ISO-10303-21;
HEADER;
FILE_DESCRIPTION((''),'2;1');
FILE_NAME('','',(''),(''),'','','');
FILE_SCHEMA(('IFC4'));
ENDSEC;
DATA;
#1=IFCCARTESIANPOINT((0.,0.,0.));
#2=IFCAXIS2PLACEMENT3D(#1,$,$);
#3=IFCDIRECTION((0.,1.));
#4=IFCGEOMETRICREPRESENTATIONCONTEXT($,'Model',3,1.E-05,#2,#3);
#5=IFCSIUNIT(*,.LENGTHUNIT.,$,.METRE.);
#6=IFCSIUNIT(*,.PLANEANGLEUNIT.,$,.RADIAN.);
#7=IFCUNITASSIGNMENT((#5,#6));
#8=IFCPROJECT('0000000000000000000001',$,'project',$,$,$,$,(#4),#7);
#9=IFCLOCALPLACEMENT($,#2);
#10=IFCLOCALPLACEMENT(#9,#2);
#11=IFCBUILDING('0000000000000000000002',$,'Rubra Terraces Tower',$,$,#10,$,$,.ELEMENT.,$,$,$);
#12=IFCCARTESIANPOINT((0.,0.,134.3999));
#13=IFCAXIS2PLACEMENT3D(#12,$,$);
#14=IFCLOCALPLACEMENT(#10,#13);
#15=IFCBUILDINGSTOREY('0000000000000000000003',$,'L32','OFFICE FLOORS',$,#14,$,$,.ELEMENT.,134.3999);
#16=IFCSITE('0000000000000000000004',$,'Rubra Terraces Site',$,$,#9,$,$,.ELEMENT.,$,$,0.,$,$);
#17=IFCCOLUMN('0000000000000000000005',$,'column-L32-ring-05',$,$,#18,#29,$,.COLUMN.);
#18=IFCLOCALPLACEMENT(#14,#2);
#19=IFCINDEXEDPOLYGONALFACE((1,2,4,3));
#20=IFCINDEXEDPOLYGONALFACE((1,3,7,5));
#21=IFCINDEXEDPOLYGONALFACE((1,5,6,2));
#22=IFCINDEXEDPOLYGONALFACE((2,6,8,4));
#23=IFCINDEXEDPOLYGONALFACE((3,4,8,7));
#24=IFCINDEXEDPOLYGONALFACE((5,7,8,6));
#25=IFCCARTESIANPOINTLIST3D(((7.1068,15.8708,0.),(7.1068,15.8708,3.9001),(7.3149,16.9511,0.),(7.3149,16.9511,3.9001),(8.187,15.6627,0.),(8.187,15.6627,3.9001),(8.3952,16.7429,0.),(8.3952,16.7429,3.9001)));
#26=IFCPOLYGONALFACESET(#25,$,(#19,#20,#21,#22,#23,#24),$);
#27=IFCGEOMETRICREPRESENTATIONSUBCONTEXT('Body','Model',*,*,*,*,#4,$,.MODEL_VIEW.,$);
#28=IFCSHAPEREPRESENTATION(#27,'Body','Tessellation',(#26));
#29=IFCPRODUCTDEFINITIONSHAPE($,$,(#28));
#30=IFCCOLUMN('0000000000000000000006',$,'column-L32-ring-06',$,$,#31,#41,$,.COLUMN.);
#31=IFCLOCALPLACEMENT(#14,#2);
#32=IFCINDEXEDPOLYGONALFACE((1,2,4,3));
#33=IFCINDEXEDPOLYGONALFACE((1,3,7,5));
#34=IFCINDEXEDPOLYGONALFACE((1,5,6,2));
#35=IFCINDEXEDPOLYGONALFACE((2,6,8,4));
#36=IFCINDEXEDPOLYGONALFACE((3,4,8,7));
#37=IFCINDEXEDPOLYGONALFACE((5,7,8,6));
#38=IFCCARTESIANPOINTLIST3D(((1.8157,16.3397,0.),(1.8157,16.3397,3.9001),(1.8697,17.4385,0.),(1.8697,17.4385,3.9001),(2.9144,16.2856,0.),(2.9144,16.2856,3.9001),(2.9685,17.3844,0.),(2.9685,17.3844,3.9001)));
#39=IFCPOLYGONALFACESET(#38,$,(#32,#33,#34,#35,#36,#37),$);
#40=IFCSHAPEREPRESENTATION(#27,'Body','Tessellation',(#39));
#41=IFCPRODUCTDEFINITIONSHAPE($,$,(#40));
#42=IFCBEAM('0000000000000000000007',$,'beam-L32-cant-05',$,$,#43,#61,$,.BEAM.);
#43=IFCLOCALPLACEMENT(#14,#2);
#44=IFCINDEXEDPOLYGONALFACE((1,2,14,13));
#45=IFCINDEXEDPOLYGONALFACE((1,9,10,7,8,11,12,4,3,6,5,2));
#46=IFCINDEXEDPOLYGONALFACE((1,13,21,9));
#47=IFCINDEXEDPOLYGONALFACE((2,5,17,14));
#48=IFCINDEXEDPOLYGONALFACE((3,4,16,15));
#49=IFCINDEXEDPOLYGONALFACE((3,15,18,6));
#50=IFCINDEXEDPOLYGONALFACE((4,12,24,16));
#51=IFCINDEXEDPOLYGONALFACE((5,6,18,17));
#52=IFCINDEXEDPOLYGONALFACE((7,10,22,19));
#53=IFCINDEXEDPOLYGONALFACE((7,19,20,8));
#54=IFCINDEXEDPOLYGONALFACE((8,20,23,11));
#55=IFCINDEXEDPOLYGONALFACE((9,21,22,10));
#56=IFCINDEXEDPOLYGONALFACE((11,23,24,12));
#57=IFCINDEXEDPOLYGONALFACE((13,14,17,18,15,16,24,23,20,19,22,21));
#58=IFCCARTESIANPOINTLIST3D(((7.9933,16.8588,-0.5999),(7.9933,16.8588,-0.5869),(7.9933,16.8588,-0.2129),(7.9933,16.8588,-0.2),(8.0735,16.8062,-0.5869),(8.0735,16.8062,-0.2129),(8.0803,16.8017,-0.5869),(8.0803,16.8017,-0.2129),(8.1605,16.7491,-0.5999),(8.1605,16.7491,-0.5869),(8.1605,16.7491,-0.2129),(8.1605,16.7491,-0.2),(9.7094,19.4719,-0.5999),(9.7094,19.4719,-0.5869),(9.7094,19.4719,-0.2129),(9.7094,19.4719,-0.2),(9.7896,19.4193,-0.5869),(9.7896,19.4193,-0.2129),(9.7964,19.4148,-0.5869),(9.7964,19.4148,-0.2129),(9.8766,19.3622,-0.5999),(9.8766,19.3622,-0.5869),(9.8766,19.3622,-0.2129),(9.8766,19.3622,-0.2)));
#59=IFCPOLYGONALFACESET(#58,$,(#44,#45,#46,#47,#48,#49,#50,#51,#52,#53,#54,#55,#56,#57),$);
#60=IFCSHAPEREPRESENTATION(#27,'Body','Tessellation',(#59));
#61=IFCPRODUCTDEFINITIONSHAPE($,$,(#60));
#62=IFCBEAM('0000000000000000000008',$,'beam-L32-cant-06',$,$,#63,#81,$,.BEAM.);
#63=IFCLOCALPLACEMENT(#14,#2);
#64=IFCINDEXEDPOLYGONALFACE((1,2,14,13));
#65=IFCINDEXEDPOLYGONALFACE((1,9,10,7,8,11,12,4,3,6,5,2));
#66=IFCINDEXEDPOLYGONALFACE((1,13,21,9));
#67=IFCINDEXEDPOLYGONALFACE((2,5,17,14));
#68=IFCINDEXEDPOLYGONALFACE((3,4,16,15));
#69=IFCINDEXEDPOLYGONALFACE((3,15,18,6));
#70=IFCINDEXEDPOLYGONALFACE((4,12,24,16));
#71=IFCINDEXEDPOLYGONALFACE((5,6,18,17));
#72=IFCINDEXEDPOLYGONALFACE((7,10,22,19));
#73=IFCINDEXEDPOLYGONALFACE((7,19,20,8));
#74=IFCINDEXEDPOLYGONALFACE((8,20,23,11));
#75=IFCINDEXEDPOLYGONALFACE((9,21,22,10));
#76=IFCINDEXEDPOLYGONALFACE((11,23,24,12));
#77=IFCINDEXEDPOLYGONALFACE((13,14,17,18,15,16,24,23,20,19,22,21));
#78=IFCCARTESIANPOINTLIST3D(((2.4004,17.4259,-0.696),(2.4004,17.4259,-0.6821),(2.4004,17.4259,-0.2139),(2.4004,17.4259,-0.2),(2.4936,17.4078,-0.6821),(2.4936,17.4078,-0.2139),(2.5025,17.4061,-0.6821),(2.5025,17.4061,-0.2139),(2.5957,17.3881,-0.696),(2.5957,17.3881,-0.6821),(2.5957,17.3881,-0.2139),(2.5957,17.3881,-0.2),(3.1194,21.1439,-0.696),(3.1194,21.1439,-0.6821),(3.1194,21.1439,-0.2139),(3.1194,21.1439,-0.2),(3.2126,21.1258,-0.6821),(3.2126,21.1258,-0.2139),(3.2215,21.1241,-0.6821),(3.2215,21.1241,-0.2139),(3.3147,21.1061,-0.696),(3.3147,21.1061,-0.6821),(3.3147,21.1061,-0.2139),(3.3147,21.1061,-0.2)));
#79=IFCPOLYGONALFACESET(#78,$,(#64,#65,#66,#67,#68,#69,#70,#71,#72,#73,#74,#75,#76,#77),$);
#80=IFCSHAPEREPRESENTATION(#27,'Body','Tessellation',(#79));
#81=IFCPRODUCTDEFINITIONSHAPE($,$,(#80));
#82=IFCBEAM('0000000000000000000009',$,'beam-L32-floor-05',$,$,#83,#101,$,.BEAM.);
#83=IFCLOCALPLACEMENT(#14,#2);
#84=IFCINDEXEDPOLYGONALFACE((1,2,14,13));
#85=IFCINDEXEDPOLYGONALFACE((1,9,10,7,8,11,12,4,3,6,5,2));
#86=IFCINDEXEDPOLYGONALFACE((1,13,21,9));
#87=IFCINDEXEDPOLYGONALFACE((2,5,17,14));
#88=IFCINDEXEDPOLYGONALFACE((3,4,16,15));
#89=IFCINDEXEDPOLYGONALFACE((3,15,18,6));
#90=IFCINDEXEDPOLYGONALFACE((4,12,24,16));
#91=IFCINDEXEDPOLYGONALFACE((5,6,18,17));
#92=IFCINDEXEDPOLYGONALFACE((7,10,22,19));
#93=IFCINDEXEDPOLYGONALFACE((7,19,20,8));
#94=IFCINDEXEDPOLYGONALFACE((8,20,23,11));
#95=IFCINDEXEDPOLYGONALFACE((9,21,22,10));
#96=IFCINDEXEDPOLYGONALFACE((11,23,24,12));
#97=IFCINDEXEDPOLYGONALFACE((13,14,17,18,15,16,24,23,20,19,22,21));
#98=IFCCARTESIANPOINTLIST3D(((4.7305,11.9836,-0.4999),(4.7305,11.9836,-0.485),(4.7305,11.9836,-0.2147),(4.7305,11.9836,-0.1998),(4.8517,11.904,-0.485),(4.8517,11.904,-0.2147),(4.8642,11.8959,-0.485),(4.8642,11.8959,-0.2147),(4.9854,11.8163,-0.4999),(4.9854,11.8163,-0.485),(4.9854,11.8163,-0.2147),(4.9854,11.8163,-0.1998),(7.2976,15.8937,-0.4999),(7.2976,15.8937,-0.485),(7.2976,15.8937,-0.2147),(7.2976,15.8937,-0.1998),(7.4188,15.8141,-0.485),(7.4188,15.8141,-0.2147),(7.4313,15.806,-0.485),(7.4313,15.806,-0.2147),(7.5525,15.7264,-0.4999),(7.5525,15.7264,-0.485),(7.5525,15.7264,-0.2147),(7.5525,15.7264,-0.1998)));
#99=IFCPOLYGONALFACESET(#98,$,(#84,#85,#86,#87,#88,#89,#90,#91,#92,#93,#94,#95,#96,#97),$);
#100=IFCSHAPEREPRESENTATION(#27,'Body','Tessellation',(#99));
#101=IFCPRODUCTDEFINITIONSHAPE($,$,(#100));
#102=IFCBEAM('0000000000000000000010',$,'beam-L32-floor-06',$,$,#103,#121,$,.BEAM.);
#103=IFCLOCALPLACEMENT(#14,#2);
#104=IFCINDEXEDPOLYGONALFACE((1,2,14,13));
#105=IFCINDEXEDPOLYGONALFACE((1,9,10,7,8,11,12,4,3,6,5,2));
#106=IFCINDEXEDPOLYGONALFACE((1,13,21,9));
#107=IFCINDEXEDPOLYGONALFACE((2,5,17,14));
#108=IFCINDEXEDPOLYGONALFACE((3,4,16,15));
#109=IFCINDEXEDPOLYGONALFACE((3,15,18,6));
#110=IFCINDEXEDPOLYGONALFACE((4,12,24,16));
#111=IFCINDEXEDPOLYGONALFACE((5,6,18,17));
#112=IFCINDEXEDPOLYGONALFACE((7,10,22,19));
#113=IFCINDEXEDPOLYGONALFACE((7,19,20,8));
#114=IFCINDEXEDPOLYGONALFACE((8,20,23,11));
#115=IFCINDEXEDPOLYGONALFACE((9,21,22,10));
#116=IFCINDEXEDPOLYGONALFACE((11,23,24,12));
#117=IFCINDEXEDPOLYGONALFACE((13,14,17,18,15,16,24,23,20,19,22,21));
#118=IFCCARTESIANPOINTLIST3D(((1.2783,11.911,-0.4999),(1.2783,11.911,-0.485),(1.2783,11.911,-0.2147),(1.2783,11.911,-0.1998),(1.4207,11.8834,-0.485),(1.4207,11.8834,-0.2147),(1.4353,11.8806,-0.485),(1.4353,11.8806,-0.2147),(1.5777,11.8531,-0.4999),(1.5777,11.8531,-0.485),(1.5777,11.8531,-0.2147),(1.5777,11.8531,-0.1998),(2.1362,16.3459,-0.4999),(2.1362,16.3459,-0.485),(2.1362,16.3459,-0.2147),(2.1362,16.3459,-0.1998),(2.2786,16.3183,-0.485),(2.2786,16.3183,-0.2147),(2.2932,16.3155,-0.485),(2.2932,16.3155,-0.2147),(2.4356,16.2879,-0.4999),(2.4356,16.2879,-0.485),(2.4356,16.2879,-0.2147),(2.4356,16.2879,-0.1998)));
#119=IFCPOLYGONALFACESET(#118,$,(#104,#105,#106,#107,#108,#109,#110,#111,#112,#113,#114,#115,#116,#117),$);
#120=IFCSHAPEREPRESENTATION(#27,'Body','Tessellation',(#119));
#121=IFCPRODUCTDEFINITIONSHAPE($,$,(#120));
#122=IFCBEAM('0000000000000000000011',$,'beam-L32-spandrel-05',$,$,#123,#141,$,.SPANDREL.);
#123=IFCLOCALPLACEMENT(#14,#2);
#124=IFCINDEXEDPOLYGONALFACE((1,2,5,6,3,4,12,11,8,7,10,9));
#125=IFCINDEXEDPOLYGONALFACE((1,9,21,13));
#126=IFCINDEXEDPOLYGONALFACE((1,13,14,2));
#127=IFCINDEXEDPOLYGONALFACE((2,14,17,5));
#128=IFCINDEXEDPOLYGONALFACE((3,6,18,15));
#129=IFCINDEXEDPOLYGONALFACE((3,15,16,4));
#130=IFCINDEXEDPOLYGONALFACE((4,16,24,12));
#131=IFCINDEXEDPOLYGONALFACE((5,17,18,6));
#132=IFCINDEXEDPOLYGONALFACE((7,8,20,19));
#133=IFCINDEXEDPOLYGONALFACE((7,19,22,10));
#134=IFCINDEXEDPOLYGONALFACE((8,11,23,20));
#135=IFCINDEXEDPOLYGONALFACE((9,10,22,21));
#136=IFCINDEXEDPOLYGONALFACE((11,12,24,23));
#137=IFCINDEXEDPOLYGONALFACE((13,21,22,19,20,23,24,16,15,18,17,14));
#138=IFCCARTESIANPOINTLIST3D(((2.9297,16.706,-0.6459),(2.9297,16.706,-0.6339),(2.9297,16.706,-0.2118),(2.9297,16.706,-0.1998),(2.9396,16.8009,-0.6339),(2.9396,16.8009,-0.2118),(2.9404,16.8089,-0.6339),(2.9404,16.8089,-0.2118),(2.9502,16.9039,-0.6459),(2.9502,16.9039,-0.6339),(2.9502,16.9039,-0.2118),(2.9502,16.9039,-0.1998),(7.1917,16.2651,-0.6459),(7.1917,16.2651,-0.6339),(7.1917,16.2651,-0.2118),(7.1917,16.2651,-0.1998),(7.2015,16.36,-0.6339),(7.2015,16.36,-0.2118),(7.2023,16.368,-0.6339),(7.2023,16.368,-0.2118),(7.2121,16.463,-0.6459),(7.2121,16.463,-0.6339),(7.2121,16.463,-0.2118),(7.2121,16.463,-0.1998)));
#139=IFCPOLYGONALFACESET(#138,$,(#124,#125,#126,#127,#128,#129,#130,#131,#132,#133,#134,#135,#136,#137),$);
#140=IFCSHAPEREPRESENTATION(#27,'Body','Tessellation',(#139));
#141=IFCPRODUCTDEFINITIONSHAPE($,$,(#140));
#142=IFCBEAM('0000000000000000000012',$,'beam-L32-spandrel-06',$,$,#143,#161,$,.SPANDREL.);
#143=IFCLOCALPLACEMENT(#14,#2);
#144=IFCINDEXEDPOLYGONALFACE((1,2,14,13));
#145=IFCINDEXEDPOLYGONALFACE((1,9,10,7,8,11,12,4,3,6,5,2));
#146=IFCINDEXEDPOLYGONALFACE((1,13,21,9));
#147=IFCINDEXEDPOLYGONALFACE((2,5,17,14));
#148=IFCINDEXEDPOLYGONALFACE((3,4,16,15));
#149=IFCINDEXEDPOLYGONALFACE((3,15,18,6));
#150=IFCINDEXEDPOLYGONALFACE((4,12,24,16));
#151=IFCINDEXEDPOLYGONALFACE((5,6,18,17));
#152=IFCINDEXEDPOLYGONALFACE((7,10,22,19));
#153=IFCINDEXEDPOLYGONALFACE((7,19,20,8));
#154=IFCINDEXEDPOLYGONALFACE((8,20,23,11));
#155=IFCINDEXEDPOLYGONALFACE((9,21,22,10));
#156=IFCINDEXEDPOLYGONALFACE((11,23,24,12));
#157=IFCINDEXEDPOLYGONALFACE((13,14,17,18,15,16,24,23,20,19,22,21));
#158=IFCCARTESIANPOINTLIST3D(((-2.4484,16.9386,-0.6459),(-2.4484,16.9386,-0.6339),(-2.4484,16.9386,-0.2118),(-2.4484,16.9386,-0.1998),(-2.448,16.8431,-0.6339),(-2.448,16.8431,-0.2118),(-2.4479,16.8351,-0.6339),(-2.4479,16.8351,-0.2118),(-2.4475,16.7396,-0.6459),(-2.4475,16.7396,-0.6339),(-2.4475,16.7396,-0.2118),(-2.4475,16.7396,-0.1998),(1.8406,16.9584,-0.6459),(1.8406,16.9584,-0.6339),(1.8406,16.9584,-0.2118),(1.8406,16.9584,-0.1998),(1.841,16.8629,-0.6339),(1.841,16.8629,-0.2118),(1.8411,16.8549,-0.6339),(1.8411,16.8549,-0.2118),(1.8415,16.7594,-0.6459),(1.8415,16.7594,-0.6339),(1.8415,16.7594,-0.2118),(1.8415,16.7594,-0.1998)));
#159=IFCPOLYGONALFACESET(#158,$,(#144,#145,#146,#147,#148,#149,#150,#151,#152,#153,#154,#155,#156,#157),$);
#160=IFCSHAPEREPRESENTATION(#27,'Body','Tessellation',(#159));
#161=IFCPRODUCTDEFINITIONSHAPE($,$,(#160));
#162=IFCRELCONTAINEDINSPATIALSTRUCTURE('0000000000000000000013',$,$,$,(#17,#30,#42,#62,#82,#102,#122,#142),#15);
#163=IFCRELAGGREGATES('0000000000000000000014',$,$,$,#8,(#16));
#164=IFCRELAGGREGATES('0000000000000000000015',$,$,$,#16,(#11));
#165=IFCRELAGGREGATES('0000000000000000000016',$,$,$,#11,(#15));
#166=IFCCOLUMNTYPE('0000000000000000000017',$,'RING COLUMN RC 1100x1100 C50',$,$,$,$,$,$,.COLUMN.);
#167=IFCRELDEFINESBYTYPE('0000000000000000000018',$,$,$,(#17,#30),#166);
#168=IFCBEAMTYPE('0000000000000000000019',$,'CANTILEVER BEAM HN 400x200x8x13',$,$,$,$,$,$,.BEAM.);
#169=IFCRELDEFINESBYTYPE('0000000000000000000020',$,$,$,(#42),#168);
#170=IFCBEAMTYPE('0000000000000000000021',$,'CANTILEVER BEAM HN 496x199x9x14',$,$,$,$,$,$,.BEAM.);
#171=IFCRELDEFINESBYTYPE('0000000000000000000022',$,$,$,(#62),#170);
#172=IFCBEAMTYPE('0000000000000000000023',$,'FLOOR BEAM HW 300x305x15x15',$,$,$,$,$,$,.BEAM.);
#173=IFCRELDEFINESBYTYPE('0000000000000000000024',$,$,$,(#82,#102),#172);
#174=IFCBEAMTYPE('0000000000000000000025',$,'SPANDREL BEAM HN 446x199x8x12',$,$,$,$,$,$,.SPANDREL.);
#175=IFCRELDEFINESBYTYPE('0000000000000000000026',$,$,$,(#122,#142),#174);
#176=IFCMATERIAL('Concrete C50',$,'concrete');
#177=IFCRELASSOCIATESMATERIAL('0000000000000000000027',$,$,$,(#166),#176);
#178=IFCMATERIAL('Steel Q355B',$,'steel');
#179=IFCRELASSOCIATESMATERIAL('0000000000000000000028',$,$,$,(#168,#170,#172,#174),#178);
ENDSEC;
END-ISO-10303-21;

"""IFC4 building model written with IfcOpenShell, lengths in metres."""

from ifc_helpers import new_model, si_unit, direction, frame, origin, origin_2d, place, context, subcontext, project, spatial, rectangle, i_section, extrude, material, material_profile, profile_set, type_object, element, save


model = new_model("IFC4")

# Units and contexts
model_context = context("Model", 3, precision=1e-05, world=origin(), true_north=direction((0.0, 1.0)))
body_context = subcontext(model_context, "Body", "Model", "MODEL_VIEW")
ifc_project = project(units=[si_unit("LENGTHUNIT", "METRE"), si_unit("PLANEANGLEUNIT", "RADIAN")], contexts=[model_context])

# Site, building, storey
site_placement = place(None, origin())
site = spatial("IfcSite", under=ifc_project, at=site_placement, Name="Rubra Terraces Site", CompositionType="ELEMENT", RefElevation=0.0)
building_placement = place(site_placement, origin())
building = spatial("IfcBuilding", under=site, at=building_placement, Name="Rubra Terraces Tower", CompositionType="ELEMENT")
storey_placement = place(building_placement, frame((0.0, 0.0, 134.3999)))
storey = spatial("IfcBuildingStorey", under=building, at=storey_placement, Name="L32", Description="OFFICE FLOORS", CompositionType="ELEMENT", Elevation=134.3999)

# Columns
ifc_material_1 = material(Name="Concrete C50", Category="concrete")
ifc_material_profile_1 = material_profile(ifc_material_1, rectangle(XDim=1.1001, YDim=1.1001, at=origin_2d()), Name="RC 1100x1100")
ifc_profile_set_1 = profile_set([ifc_material_profile_1], Name="Concrete C50")
column_type = type_object("IfcColumnType", Name="RING COLUMN RC 1100x1100 C50", PredefinedType="COLUMN", material=ifc_profile_set_1)
for number, where, z_axis, x_axis, name in (
    (1, (7.751, 16.3069, 0.0), (0.0, 0.0, 1.0), (-0.981937, 0.18921, 0.0), "column-L32-ring-05"),
    (2, (2.3921, 16.8621, 0.0), (0.0, 0.0, 1.0), (-0.998791, 0.04915, 0.0), "column-L32-ring-06"),
):
    element("IfcColumn", number, at=place(storey_placement, frame(where, z_axis=z_axis, x_axis=x_axis)), inside=storey, type_object=column_type, Name=name, PredefinedType="COLUMN", context=body_context, shape_type="SweptSolid", body=[
        extrude(rectangle(XDim=1.1001, YDim=1.1001, at=origin_2d()), origin(), (0.0, 0.0, 1.0), 3.9001),
    ])

# Beams
ifc_material_2 = material(Name="Steel Q355B", Category="steel")
ifc_material_profile_2 = material_profile(ifc_material_2, i_section(OverallWidth=0.2, OverallDepth=0.3999, WebThickness=0.0081, FlangeThickness=0.0129, at=origin_2d()), Name="HN 400x200x8x13")
ifc_profile_set_2 = profile_set([ifc_material_profile_2], Name="Steel Q355B")
beam_type_1 = type_object("IfcBeamType", Name="CANTILEVER BEAM HN 400x200x8x13", PredefinedType="BEAM", material=ifc_profile_set_2)
beam_1_placement = place(storey_placement, frame((8.0769, 16.804, -0.3999), z_axis=(0.548938, 0.835863, 0.0), x_axis=(-0.835863, 0.548938, 0.0)))
element("IfcBeam", 3, at=beam_1_placement, inside=storey, type_object=beam_type_1, Name="beam-L32-cant-05", PredefinedType="BEAM", context=body_context, shape_type="SweptSolid", body=[
    extrude(i_section(OverallWidth=0.2, OverallDepth=0.3999, WebThickness=0.0081, FlangeThickness=0.0129, at=origin_2d()), origin(), (0.0, 0.0, 1.0), 3.1262),
])
ifc_material_profile_3 = material_profile(ifc_material_2, i_section(OverallWidth=0.199, OverallDepth=0.4961, WebThickness=0.009, FlangeThickness=0.0139, at=origin_2d()), Name="HN 496x199x9x14")
ifc_profile_set_3 = profile_set([ifc_material_profile_3], Name="Steel Q355B")
beam_type_2 = type_object("IfcBeamType", Name="CANTILEVER BEAM HN 496x199x9x14", PredefinedType="BEAM", material=ifc_profile_set_3)
beam_2_placement = place(storey_placement, frame((2.498, 17.407, -0.448), z_axis=(0.189864, 0.98181, 0.0), x_axis=(-0.98181, 0.189864, 0.0)))
element("IfcBeam", 4, at=beam_2_placement, inside=storey, type_object=beam_type_2, Name="beam-L32-cant-06", PredefinedType="BEAM", context=body_context, shape_type="SweptSolid", body=[
    extrude(i_section(OverallWidth=0.199, OverallDepth=0.4961, WebThickness=0.009, FlangeThickness=0.0139, at=origin_2d()), origin(), (0.0, 0.0, 1.0), 3.7869),
])
ifc_material_profile_4 = material_profile(ifc_material_2, i_section(OverallWidth=0.3049, OverallDepth=0.3, WebThickness=0.0149, FlangeThickness=0.0149, at=origin_2d()), Name="HW 300x305x15x15")
ifc_profile_set_4 = profile_set([ifc_material_profile_4], Name="Steel Q355B")
beam_type_3 = type_object("IfcBeamType", Name="FLOOR BEAM HW 300x305x15x15", PredefinedType="BEAM", material=ifc_profile_set_4)
beam_3_placement = place(storey_placement, frame((7.425, 15.8101, -0.3499), z_axis=(-0.548821, -0.83594, 0.0), x_axis=(0.83594, -0.548821, 0.0)))
element("IfcBeam", 5, at=beam_3_placement, inside=storey, type_object=beam_type_3, Name="beam-L32-floor-05", PredefinedType="BEAM", context=body_context, shape_type="SweptSolid", body=[
    extrude(i_section(OverallWidth=0.3049, OverallDepth=0.3, WebThickness=0.0149, FlangeThickness=0.0149, at=origin_2d()), origin(), (0.0, 0.0, 1.0), 4.6775),
])
beam_4_placement = place(storey_placement, frame((2.2859, 16.3169, -0.3499), z_axis=(-0.189928, -0.981798, 0.0), x_axis=(0.981798, -0.189928, 0.0)))
element("IfcBeam", 6, at=beam_4_placement, inside=storey, type_object=beam_type_3, Name="beam-L32-floor-06", PredefinedType="BEAM", context=body_context, shape_type="SweptSolid", body=[
    extrude(i_section(OverallWidth=0.3049, OverallDepth=0.3, WebThickness=0.0149, FlangeThickness=0.0149, at=origin_2d()), origin(), (0.0, 0.0, 1.0), 4.5171),
])
ifc_material_profile_5 = material_profile(ifc_material_2, i_section(OverallWidth=0.199, OverallDepth=0.446, WebThickness=0.0081, FlangeThickness=0.012, at=origin_2d()), Name="HN 446x199x8x12")
ifc_profile_set_5 = profile_set([ifc_material_profile_5], Name="Steel Q355B")
beam_type_4 = type_object("IfcBeamType", Name="SPANDREL BEAM HN 446x199x8x12", PredefinedType="SPANDREL", material=ifc_profile_set_5)
beam_5_placement = place(storey_placement, frame((7.2019, 16.364, -0.4229), z_axis=(-0.994691, 0.102905, 0.0), x_axis=(-0.102905, -0.994691, 0.0)))
element("IfcBeam", 7, at=beam_5_placement, inside=storey, type_object=beam_type_4, Name="beam-L32-spandrel-05", PredefinedType="SPANDREL", context=body_context, shape_type="SweptSolid", body=[
    extrude(i_section(OverallWidth=0.199, OverallDepth=0.446, WebThickness=0.0081, FlangeThickness=0.012, at=origin_2d()), origin(), (0.0, 0.0, 1.0), 4.2847),
])
beam_6_placement = place(storey_placement, frame((1.8411, 16.8589, -0.4229), z_axis=(-0.999989, -0.004611, 0.0), x_axis=(0.004611, -0.999989, 0.0)))
element("IfcBeam", 8, at=beam_6_placement, inside=storey, type_object=beam_type_4, Name="beam-L32-spandrel-06", PredefinedType="SPANDREL", context=body_context, shape_type="SweptSolid", body=[
    extrude(i_section(OverallWidth=0.199, OverallDepth=0.446, WebThickness=0.0081, FlangeThickness=0.012, at=origin_2d()), origin(), (0.0, 0.0, 1.0), 4.2891),
])

save(model, "model.ifc")
